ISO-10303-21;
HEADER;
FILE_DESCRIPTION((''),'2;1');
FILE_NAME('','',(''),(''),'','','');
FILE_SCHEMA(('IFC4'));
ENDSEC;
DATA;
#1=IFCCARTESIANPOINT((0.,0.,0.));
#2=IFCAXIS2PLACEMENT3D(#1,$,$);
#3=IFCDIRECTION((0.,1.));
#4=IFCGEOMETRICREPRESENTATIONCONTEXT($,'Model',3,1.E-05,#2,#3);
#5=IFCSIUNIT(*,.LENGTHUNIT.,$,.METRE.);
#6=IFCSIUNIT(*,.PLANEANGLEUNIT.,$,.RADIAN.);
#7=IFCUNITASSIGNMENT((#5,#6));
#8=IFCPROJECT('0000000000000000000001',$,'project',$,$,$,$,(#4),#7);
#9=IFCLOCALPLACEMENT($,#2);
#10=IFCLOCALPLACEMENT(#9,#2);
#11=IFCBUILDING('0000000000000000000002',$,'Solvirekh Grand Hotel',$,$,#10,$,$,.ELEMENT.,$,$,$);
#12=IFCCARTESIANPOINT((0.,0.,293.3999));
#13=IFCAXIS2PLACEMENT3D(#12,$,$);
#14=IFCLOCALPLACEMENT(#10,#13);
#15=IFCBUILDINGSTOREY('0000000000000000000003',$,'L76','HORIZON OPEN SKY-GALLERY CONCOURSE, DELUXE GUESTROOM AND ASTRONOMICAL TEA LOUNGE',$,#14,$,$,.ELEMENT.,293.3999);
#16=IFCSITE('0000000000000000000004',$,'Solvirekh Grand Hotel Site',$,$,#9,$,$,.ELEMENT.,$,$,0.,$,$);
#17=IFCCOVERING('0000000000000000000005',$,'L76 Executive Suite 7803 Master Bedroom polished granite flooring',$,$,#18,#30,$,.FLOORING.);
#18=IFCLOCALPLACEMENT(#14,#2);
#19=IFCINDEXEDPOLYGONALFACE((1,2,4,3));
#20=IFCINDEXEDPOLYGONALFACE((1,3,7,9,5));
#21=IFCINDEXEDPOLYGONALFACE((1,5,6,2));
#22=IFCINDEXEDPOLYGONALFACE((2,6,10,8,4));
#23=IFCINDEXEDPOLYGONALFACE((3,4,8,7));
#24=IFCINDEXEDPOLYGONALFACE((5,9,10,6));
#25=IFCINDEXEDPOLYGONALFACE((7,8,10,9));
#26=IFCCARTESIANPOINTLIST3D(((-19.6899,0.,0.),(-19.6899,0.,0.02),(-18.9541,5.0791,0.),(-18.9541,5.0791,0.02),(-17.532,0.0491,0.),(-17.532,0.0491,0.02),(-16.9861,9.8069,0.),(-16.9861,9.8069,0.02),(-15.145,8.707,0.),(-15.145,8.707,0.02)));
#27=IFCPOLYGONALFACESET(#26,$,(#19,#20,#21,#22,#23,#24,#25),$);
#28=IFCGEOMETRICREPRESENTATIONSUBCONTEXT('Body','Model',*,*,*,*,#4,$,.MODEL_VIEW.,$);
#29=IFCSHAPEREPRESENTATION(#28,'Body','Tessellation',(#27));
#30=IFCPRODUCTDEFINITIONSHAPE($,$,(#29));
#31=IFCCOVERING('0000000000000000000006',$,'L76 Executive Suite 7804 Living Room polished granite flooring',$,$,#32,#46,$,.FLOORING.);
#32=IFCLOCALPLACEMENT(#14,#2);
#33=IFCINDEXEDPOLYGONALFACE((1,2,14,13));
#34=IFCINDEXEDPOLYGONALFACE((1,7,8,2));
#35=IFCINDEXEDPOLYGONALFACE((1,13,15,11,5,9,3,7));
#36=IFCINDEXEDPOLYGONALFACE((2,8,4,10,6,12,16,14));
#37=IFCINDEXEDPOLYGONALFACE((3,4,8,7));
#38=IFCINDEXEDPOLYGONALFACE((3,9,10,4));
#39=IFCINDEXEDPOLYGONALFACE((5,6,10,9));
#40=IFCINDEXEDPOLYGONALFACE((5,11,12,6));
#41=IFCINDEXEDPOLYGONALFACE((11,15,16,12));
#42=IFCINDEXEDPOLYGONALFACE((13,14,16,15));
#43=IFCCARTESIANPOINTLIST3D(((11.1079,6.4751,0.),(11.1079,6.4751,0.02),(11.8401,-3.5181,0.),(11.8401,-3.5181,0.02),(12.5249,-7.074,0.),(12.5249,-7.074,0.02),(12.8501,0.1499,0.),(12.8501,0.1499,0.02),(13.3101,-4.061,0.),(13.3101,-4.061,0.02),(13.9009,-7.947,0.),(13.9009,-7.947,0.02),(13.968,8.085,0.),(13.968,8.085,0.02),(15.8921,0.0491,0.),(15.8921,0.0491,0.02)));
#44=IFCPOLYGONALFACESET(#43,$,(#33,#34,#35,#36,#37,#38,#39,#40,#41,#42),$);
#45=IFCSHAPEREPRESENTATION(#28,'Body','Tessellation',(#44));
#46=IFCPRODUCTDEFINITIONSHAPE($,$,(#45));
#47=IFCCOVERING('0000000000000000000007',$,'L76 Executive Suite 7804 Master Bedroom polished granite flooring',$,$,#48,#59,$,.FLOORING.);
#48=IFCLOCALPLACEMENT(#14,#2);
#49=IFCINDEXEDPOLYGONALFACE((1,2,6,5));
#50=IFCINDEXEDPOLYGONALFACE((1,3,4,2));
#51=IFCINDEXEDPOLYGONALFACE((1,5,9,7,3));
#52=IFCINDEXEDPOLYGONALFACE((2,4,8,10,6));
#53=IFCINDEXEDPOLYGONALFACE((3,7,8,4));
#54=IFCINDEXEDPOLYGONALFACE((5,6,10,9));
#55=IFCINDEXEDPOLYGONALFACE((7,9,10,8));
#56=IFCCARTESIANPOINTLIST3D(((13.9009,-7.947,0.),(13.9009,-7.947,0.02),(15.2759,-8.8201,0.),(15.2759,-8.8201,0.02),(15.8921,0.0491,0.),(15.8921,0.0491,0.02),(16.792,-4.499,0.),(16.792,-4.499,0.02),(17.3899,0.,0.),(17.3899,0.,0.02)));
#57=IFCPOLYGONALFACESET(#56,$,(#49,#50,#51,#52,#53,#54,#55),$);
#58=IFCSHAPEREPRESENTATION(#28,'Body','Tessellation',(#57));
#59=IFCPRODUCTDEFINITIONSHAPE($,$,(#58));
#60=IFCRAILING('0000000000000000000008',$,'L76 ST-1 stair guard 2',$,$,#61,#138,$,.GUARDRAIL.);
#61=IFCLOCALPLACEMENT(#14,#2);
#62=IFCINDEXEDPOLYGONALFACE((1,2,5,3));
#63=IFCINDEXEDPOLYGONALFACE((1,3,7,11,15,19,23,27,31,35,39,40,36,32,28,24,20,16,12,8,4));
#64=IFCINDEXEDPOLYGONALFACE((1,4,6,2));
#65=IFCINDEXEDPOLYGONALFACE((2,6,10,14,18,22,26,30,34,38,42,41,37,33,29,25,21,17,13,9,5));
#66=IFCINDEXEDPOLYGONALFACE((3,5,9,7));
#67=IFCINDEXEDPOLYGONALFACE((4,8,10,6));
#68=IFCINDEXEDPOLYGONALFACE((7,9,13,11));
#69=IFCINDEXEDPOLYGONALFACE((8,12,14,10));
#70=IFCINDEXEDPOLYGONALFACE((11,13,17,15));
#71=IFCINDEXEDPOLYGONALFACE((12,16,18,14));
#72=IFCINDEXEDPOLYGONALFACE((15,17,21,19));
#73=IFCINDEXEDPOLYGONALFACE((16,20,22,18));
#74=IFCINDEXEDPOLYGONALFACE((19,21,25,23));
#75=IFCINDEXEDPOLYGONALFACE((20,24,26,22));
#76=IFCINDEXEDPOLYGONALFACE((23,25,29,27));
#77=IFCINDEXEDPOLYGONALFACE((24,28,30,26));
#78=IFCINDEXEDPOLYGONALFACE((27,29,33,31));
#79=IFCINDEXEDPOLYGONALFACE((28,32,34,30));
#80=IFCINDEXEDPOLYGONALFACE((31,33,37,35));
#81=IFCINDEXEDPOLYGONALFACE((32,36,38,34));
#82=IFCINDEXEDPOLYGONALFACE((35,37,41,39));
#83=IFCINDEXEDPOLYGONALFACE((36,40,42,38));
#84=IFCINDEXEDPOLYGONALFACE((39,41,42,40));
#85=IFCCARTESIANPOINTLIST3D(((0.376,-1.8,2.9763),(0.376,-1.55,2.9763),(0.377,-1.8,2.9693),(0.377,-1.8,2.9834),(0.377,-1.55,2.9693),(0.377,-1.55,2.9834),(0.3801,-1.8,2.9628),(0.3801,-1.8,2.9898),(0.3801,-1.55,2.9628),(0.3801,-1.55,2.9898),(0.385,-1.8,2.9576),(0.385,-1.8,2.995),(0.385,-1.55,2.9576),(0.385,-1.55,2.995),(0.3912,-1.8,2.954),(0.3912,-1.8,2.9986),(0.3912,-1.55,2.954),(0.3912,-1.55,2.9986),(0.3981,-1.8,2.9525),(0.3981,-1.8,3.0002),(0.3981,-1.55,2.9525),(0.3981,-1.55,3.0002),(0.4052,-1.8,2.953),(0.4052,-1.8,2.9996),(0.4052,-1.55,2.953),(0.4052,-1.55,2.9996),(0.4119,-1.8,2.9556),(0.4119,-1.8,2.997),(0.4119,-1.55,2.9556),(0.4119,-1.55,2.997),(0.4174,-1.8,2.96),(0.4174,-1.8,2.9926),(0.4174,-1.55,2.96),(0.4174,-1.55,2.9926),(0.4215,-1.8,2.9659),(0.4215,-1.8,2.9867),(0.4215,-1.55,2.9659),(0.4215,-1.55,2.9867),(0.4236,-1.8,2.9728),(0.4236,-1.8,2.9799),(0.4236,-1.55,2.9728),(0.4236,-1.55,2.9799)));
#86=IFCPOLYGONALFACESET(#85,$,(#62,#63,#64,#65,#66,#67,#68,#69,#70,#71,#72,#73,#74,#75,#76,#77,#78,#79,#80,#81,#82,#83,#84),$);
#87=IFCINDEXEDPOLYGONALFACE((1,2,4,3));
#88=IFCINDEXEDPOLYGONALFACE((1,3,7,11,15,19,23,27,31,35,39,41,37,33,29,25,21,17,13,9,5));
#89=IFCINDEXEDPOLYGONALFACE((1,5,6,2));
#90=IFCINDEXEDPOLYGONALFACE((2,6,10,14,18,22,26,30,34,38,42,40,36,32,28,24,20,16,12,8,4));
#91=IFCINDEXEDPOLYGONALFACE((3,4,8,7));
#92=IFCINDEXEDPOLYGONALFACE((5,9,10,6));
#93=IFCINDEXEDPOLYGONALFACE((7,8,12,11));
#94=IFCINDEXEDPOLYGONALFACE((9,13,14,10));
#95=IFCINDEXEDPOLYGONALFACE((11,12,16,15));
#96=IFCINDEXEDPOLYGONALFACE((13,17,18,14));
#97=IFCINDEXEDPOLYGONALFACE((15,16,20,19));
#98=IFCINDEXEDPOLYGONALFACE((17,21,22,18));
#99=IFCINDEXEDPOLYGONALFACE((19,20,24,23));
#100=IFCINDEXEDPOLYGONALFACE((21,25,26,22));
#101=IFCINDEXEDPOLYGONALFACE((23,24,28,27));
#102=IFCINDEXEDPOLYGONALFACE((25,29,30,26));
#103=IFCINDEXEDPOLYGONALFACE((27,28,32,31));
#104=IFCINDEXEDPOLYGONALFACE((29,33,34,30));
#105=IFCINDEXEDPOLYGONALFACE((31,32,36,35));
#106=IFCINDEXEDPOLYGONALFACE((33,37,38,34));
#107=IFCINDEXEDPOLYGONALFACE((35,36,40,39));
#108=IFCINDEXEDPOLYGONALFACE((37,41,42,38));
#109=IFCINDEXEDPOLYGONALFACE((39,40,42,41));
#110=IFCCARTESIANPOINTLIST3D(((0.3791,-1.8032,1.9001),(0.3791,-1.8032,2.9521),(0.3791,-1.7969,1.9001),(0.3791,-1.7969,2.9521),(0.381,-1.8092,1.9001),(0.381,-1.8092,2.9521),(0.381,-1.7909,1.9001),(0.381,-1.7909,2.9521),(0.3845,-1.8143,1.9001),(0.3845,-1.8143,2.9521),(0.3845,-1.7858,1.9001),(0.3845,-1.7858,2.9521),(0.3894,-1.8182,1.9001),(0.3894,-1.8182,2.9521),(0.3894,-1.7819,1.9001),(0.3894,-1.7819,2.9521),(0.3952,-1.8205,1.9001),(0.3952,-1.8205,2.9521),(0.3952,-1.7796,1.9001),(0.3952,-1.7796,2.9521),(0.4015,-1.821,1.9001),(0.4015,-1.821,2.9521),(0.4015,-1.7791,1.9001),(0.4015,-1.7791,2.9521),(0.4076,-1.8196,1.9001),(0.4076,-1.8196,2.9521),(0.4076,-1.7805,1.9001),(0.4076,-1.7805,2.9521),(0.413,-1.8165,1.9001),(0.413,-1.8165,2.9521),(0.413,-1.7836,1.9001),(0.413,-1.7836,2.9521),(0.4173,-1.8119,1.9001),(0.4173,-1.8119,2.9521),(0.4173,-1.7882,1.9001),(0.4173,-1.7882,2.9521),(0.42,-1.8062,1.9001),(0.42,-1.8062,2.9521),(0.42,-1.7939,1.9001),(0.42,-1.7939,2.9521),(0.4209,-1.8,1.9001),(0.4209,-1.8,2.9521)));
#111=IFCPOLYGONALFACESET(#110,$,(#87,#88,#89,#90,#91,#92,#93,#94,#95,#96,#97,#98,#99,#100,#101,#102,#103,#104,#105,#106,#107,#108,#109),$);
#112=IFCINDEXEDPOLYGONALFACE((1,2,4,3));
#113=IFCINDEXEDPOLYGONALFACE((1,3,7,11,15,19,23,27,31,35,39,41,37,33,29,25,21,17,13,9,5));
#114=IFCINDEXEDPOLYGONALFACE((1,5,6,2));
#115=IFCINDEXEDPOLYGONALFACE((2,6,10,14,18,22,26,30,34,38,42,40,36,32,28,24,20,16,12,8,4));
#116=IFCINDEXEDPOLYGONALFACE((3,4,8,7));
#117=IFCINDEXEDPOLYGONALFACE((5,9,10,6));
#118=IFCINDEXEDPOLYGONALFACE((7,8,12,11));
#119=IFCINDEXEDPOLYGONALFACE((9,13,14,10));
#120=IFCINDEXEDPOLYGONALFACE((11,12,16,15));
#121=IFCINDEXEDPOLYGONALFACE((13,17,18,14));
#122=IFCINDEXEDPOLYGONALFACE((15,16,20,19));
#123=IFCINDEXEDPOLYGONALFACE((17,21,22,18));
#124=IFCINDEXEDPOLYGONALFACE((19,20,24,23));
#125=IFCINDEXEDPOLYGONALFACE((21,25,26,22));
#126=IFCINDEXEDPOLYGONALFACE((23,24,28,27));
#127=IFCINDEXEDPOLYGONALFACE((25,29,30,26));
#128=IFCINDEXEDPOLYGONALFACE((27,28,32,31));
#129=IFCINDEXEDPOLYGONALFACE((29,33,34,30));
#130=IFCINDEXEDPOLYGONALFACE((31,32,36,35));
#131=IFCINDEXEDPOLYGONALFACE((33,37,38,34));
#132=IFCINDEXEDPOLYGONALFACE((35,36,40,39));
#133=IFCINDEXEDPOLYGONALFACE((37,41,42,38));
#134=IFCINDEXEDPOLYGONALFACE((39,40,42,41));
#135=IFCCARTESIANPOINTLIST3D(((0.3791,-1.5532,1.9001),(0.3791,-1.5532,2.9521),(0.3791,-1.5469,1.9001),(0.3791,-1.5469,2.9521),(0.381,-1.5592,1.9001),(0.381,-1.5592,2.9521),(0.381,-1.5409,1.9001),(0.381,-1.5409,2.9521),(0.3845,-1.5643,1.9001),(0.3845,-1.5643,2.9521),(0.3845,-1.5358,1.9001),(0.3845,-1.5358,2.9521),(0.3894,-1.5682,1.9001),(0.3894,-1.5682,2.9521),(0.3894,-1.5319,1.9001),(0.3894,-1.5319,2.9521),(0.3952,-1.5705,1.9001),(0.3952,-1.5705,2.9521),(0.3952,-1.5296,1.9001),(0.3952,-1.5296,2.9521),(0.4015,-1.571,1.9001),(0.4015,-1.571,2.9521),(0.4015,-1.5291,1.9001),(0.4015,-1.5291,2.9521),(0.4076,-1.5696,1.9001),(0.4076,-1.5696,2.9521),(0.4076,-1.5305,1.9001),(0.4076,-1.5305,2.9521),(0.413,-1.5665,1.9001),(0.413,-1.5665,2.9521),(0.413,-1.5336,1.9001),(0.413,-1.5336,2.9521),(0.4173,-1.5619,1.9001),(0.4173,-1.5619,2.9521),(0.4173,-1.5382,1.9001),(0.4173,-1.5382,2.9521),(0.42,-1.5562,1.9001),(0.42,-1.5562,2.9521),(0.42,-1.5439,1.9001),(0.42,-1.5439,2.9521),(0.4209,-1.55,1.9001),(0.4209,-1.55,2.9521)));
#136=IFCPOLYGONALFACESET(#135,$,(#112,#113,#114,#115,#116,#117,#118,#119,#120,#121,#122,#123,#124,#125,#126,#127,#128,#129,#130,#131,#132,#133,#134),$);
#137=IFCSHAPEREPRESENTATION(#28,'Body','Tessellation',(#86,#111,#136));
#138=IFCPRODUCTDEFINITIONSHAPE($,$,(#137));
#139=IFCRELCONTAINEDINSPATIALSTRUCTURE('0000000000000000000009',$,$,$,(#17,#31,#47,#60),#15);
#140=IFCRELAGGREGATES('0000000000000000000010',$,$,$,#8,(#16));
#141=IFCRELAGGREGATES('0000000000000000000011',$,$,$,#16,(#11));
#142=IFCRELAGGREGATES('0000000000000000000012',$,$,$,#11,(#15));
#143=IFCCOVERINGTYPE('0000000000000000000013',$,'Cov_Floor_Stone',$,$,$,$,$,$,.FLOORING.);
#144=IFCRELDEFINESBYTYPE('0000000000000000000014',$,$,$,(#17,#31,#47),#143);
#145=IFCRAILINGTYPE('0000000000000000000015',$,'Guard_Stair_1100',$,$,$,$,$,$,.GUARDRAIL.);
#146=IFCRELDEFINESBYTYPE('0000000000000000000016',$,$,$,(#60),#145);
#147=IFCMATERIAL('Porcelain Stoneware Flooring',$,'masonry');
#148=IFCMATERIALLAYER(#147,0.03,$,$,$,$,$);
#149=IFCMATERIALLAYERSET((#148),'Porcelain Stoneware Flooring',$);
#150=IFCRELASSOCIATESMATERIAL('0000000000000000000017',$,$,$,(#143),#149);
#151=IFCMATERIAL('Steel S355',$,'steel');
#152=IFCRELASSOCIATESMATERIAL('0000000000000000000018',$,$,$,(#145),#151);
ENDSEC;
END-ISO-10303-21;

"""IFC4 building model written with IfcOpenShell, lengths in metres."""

from ifc_helpers import new_model, si_unit, direction, frame, origin, origin_2d, place, context, subcontext, project, spatial, polyline, circle, outline, extrude, material, layer, layer_set, type_object, element, save


model = new_model("IFC4")

# Units and contexts
model_context = context("Model", 3, precision=1e-05, world=origin(), true_north=direction((0.0, 1.0)))
body_context = subcontext(model_context, "Body", "Model", "MODEL_VIEW")
ifc_project = project(units=[si_unit("LENGTHUNIT", "METRE"), si_unit("PLANEANGLEUNIT", "RADIAN")], contexts=[model_context])

# Site, building, storey
site_placement = place(None, origin())
site = spatial("IfcSite", under=ifc_project, at=site_placement, Name="Solvirekh Grand Hotel Site", CompositionType="ELEMENT", RefElevation=0.0)
building_placement = place(site_placement, origin())
building = spatial("IfcBuilding", under=site, at=building_placement, Name="Solvirekh Grand Hotel", CompositionType="ELEMENT")
storey_placement = place(building_placement, frame((0.0, 0.0, 293.3999)))
storey = spatial("IfcBuildingStorey", under=building, at=storey_placement, Name="L76", Description="HORIZON OPEN SKY-GALLERY CONCOURSE, DELUXE GUESTROOM AND ASTRONOMICAL TEA LOUNGE", CompositionType="ELEMENT", Elevation=293.3999)

# Coverings
ifc_material_1 = material(Name="Porcelain Stoneware Flooring", Category="masonry")
ifc_layer_1 = layer(ifc_material_1, 0.03)
ifc_layer_set_1 = layer_set([ifc_layer_1], Name="Porcelain Stoneware Flooring")
covering_type_1 = type_object("IfcCoveringType", Name="Cov_Floor_Stone", PredefinedType="FLOORING", material=ifc_layer_set_1)
covering_1_placement = place(storey_placement, origin())
element("IfcCovering", 1, at=covering_1_placement, inside=storey, type_object=covering_type_1, Name="L76 Executive Suite 7803 Master Bedroom polished granite flooring", PredefinedType="FLOORING", context=body_context, shape_type="SweptSolid", body=[
    extrude(outline(polyline([(-16.9861, 9.8069), (-18.9541, 5.0791), (-19.6899, 0.0), (-17.532, 0.0491), (-15.145, 8.707), (-16.9861, 9.8069)])), origin(), (0.0, 0.0, 1.0), 0.02),
])
covering_2_placement = place(storey_placement, origin())
element("IfcCovering", 2, at=covering_2_placement, inside=storey, type_object=covering_type_1, Name="L76 Executive Suite 7804 Living Room polished granite flooring", PredefinedType="FLOORING", context=body_context, shape_type="SweptSolid", body=[
    extrude(outline(polyline([(13.3101, -4.061), (12.5249, -7.074), (13.9009, -7.947), (15.8921, 0.0491), (13.968, 8.085), (11.1079, 6.4751), (12.8501, 0.1499), (11.8401, -3.5181), (13.3101, -4.061)])), origin(), (0.0, 0.0, 1.0), 0.02),
])
covering_3_placement = place(storey_placement, origin())
element("IfcCovering", 3, at=covering_3_placement, inside=storey, type_object=covering_type_1, Name="L76 Executive Suite 7804 Master Bedroom polished granite flooring", PredefinedType="FLOORING", context=body_context, shape_type="SweptSolid", body=[
    extrude(outline(polyline([(15.2759, -8.8201), (16.792, -4.499), (17.3899, 0.0), (15.8921, 0.0491), (13.9009, -7.947), (15.2759, -8.8201)])), origin(), (0.0, 0.0, 1.0), 0.02),
])

# Railing
ifc_material_2 = material(Name="Steel S355", Category="steel")
railing_type_1 = type_object("IfcRailingType", Name="Guard_Stair_1100", PredefinedType="GUARDRAIL", material=ifc_material_2)
railing_1_placement = place(storey_placement, frame((0.3999, -1.8, 1.9001)))
element("IfcRailing", 4, at=railing_1_placement, inside=storey, type_object=railing_type_1, Name="L76 ST-1 stair guard 2", PredefinedType="GUARDRAIL", context=body_context, shape_type="SweptSolid", body=[
    extrude(circle(Radius=0.0239, at=origin_2d()), frame((0.0, 0.0, 1.0762), z_axis=(0.0, 1.0, 0.0), x_axis=(-1.0, 0.0, 0.0)), (0.0, 0.0, 1.0), 0.25),
    extrude(circle(Radius=0.021, at=origin_2d()), origin(), (0.0, 0.0, 1.0), 1.052),
    extrude(circle(Radius=0.021, at=origin_2d()), frame((0.0, 0.25, 0.0)), (0.0, 0.0, 1.0), 1.052),
])

save(model, "model.ifc")
